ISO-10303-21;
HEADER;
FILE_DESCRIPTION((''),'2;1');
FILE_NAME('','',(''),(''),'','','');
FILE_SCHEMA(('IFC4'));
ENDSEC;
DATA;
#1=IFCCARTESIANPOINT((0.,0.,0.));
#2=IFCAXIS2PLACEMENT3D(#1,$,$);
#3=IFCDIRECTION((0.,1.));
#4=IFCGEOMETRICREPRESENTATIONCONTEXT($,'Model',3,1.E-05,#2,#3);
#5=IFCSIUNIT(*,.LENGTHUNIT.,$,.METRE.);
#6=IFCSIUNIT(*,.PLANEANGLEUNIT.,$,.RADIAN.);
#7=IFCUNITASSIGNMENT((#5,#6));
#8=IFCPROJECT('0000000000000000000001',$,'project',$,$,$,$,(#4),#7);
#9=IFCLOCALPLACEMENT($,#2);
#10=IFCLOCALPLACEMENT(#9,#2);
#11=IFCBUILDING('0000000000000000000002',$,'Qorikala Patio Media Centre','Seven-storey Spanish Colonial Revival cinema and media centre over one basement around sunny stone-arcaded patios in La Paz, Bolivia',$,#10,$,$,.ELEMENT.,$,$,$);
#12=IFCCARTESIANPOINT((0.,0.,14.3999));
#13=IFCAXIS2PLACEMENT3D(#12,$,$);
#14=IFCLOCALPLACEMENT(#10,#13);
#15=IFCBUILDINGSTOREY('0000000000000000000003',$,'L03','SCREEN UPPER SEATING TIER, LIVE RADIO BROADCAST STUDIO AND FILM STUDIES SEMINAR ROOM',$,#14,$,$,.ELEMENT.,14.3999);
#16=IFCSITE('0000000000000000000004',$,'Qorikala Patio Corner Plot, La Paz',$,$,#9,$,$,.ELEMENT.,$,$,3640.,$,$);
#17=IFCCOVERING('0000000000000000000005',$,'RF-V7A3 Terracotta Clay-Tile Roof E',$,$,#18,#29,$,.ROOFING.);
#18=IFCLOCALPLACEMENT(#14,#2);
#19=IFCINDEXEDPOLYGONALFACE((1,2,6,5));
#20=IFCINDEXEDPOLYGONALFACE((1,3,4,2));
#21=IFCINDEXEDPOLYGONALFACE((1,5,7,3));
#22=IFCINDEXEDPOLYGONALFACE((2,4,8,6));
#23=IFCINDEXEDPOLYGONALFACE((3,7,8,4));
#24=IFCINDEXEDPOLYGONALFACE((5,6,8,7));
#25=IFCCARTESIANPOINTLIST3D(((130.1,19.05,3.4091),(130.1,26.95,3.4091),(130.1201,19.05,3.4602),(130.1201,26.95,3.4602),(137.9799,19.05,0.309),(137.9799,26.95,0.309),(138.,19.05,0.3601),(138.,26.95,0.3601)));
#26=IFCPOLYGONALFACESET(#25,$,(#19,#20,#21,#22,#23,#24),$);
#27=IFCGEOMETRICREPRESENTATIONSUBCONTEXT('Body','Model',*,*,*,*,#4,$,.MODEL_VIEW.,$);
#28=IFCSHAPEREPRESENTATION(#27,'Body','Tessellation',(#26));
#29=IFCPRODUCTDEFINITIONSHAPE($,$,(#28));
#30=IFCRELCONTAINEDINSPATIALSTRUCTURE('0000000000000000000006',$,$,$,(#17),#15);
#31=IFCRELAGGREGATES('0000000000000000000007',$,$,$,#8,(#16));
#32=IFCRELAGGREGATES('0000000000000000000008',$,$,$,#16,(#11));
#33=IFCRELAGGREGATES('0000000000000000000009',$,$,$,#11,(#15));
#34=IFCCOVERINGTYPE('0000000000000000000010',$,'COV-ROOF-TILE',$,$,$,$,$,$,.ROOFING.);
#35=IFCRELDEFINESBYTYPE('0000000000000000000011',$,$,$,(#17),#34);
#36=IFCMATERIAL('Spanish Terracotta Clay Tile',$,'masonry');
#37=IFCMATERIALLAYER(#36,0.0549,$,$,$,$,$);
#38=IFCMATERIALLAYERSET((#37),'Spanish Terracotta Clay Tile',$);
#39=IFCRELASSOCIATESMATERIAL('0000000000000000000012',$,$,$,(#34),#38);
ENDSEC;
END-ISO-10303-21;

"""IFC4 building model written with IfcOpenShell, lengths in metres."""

from ifc_helpers import new_model, si_unit, direction, frame, origin, place, context, subcontext, project, spatial, polyline, outline, extrude, material, layer, layer_set, type_object, element, save


model = new_model("IFC4")

# Units and contexts
model_context = context("Model", 3, precision=1e-05, world=origin(), true_north=direction((0.0, 1.0)))
body_context = subcontext(model_context, "Body", "Model", "MODEL_VIEW")
ifc_project = project(units=[si_unit("LENGTHUNIT", "METRE"), si_unit("PLANEANGLEUNIT", "RADIAN")], contexts=[model_context])

# Site, building, storey
site_placement = place(None, origin())
site = spatial("IfcSite", under=ifc_project, at=site_placement, Name="Qorikala Patio Corner Plot, La Paz", CompositionType="ELEMENT", RefElevation=3640.0)
building_placement = place(site_placement, origin())
building = spatial("IfcBuilding", under=site, at=building_placement, Name="Qorikala Patio Media Centre", Description="Seven-storey Spanish Colonial Revival cinema and media centre over one basement around sunny stone-arcaded patios in La Paz, Bolivia", CompositionType="ELEMENT")
storey_placement = place(building_placement, frame((0.0, 0.0, 14.3999)))
storey = spatial("IfcBuildingStorey", under=building, at=storey_placement, Name="L03", Description="SCREEN UPPER SEATING TIER, LIVE RADIO BROADCAST STUDIO AND FILM STUDIES SEMINAR ROOM", CompositionType="ELEMENT", Elevation=14.3999)

# Covering
ifc_material_1 = material(Name="Spanish Terracotta Clay Tile", Category="masonry")
ifc_layer_1 = layer(ifc_material_1, 0.0549)
ifc_layer_set_1 = layer_set([ifc_layer_1], Name="Spanish Terracotta Clay Tile")
covering_type_1 = type_object("IfcCoveringType", Name="COV-ROOF-TILE", PredefinedType="ROOFING", material=ifc_layer_set_1)
for number, where, z_axis, x_axis, name in (
    (1, (130.1201, 19.05, 3.4602), (0.366105, 0.0, 0.930573), (0.930573, 0.0, -0.366105), "RF-V7A3 Terracotta Clay-Tile Roof E"),
):
    element("IfcCovering", number, at=place(storey_placement, frame(where, z_axis=z_axis, x_axis=x_axis)), inside=storey, type_object=covering_type_1, Name=name, PredefinedType="ROOFING", context=body_context, shape_type="SweptSolid", body=[
        extrude(outline(polyline([(0.0, 0.0), (8.4678, 0.0), (8.4678, 7.8999), (0.0, 7.8999), (0.0, 0.0)])), origin(), (0.0, 0.0, -1.0), 0.0549),
    ])

save(model, "model.ifc")
